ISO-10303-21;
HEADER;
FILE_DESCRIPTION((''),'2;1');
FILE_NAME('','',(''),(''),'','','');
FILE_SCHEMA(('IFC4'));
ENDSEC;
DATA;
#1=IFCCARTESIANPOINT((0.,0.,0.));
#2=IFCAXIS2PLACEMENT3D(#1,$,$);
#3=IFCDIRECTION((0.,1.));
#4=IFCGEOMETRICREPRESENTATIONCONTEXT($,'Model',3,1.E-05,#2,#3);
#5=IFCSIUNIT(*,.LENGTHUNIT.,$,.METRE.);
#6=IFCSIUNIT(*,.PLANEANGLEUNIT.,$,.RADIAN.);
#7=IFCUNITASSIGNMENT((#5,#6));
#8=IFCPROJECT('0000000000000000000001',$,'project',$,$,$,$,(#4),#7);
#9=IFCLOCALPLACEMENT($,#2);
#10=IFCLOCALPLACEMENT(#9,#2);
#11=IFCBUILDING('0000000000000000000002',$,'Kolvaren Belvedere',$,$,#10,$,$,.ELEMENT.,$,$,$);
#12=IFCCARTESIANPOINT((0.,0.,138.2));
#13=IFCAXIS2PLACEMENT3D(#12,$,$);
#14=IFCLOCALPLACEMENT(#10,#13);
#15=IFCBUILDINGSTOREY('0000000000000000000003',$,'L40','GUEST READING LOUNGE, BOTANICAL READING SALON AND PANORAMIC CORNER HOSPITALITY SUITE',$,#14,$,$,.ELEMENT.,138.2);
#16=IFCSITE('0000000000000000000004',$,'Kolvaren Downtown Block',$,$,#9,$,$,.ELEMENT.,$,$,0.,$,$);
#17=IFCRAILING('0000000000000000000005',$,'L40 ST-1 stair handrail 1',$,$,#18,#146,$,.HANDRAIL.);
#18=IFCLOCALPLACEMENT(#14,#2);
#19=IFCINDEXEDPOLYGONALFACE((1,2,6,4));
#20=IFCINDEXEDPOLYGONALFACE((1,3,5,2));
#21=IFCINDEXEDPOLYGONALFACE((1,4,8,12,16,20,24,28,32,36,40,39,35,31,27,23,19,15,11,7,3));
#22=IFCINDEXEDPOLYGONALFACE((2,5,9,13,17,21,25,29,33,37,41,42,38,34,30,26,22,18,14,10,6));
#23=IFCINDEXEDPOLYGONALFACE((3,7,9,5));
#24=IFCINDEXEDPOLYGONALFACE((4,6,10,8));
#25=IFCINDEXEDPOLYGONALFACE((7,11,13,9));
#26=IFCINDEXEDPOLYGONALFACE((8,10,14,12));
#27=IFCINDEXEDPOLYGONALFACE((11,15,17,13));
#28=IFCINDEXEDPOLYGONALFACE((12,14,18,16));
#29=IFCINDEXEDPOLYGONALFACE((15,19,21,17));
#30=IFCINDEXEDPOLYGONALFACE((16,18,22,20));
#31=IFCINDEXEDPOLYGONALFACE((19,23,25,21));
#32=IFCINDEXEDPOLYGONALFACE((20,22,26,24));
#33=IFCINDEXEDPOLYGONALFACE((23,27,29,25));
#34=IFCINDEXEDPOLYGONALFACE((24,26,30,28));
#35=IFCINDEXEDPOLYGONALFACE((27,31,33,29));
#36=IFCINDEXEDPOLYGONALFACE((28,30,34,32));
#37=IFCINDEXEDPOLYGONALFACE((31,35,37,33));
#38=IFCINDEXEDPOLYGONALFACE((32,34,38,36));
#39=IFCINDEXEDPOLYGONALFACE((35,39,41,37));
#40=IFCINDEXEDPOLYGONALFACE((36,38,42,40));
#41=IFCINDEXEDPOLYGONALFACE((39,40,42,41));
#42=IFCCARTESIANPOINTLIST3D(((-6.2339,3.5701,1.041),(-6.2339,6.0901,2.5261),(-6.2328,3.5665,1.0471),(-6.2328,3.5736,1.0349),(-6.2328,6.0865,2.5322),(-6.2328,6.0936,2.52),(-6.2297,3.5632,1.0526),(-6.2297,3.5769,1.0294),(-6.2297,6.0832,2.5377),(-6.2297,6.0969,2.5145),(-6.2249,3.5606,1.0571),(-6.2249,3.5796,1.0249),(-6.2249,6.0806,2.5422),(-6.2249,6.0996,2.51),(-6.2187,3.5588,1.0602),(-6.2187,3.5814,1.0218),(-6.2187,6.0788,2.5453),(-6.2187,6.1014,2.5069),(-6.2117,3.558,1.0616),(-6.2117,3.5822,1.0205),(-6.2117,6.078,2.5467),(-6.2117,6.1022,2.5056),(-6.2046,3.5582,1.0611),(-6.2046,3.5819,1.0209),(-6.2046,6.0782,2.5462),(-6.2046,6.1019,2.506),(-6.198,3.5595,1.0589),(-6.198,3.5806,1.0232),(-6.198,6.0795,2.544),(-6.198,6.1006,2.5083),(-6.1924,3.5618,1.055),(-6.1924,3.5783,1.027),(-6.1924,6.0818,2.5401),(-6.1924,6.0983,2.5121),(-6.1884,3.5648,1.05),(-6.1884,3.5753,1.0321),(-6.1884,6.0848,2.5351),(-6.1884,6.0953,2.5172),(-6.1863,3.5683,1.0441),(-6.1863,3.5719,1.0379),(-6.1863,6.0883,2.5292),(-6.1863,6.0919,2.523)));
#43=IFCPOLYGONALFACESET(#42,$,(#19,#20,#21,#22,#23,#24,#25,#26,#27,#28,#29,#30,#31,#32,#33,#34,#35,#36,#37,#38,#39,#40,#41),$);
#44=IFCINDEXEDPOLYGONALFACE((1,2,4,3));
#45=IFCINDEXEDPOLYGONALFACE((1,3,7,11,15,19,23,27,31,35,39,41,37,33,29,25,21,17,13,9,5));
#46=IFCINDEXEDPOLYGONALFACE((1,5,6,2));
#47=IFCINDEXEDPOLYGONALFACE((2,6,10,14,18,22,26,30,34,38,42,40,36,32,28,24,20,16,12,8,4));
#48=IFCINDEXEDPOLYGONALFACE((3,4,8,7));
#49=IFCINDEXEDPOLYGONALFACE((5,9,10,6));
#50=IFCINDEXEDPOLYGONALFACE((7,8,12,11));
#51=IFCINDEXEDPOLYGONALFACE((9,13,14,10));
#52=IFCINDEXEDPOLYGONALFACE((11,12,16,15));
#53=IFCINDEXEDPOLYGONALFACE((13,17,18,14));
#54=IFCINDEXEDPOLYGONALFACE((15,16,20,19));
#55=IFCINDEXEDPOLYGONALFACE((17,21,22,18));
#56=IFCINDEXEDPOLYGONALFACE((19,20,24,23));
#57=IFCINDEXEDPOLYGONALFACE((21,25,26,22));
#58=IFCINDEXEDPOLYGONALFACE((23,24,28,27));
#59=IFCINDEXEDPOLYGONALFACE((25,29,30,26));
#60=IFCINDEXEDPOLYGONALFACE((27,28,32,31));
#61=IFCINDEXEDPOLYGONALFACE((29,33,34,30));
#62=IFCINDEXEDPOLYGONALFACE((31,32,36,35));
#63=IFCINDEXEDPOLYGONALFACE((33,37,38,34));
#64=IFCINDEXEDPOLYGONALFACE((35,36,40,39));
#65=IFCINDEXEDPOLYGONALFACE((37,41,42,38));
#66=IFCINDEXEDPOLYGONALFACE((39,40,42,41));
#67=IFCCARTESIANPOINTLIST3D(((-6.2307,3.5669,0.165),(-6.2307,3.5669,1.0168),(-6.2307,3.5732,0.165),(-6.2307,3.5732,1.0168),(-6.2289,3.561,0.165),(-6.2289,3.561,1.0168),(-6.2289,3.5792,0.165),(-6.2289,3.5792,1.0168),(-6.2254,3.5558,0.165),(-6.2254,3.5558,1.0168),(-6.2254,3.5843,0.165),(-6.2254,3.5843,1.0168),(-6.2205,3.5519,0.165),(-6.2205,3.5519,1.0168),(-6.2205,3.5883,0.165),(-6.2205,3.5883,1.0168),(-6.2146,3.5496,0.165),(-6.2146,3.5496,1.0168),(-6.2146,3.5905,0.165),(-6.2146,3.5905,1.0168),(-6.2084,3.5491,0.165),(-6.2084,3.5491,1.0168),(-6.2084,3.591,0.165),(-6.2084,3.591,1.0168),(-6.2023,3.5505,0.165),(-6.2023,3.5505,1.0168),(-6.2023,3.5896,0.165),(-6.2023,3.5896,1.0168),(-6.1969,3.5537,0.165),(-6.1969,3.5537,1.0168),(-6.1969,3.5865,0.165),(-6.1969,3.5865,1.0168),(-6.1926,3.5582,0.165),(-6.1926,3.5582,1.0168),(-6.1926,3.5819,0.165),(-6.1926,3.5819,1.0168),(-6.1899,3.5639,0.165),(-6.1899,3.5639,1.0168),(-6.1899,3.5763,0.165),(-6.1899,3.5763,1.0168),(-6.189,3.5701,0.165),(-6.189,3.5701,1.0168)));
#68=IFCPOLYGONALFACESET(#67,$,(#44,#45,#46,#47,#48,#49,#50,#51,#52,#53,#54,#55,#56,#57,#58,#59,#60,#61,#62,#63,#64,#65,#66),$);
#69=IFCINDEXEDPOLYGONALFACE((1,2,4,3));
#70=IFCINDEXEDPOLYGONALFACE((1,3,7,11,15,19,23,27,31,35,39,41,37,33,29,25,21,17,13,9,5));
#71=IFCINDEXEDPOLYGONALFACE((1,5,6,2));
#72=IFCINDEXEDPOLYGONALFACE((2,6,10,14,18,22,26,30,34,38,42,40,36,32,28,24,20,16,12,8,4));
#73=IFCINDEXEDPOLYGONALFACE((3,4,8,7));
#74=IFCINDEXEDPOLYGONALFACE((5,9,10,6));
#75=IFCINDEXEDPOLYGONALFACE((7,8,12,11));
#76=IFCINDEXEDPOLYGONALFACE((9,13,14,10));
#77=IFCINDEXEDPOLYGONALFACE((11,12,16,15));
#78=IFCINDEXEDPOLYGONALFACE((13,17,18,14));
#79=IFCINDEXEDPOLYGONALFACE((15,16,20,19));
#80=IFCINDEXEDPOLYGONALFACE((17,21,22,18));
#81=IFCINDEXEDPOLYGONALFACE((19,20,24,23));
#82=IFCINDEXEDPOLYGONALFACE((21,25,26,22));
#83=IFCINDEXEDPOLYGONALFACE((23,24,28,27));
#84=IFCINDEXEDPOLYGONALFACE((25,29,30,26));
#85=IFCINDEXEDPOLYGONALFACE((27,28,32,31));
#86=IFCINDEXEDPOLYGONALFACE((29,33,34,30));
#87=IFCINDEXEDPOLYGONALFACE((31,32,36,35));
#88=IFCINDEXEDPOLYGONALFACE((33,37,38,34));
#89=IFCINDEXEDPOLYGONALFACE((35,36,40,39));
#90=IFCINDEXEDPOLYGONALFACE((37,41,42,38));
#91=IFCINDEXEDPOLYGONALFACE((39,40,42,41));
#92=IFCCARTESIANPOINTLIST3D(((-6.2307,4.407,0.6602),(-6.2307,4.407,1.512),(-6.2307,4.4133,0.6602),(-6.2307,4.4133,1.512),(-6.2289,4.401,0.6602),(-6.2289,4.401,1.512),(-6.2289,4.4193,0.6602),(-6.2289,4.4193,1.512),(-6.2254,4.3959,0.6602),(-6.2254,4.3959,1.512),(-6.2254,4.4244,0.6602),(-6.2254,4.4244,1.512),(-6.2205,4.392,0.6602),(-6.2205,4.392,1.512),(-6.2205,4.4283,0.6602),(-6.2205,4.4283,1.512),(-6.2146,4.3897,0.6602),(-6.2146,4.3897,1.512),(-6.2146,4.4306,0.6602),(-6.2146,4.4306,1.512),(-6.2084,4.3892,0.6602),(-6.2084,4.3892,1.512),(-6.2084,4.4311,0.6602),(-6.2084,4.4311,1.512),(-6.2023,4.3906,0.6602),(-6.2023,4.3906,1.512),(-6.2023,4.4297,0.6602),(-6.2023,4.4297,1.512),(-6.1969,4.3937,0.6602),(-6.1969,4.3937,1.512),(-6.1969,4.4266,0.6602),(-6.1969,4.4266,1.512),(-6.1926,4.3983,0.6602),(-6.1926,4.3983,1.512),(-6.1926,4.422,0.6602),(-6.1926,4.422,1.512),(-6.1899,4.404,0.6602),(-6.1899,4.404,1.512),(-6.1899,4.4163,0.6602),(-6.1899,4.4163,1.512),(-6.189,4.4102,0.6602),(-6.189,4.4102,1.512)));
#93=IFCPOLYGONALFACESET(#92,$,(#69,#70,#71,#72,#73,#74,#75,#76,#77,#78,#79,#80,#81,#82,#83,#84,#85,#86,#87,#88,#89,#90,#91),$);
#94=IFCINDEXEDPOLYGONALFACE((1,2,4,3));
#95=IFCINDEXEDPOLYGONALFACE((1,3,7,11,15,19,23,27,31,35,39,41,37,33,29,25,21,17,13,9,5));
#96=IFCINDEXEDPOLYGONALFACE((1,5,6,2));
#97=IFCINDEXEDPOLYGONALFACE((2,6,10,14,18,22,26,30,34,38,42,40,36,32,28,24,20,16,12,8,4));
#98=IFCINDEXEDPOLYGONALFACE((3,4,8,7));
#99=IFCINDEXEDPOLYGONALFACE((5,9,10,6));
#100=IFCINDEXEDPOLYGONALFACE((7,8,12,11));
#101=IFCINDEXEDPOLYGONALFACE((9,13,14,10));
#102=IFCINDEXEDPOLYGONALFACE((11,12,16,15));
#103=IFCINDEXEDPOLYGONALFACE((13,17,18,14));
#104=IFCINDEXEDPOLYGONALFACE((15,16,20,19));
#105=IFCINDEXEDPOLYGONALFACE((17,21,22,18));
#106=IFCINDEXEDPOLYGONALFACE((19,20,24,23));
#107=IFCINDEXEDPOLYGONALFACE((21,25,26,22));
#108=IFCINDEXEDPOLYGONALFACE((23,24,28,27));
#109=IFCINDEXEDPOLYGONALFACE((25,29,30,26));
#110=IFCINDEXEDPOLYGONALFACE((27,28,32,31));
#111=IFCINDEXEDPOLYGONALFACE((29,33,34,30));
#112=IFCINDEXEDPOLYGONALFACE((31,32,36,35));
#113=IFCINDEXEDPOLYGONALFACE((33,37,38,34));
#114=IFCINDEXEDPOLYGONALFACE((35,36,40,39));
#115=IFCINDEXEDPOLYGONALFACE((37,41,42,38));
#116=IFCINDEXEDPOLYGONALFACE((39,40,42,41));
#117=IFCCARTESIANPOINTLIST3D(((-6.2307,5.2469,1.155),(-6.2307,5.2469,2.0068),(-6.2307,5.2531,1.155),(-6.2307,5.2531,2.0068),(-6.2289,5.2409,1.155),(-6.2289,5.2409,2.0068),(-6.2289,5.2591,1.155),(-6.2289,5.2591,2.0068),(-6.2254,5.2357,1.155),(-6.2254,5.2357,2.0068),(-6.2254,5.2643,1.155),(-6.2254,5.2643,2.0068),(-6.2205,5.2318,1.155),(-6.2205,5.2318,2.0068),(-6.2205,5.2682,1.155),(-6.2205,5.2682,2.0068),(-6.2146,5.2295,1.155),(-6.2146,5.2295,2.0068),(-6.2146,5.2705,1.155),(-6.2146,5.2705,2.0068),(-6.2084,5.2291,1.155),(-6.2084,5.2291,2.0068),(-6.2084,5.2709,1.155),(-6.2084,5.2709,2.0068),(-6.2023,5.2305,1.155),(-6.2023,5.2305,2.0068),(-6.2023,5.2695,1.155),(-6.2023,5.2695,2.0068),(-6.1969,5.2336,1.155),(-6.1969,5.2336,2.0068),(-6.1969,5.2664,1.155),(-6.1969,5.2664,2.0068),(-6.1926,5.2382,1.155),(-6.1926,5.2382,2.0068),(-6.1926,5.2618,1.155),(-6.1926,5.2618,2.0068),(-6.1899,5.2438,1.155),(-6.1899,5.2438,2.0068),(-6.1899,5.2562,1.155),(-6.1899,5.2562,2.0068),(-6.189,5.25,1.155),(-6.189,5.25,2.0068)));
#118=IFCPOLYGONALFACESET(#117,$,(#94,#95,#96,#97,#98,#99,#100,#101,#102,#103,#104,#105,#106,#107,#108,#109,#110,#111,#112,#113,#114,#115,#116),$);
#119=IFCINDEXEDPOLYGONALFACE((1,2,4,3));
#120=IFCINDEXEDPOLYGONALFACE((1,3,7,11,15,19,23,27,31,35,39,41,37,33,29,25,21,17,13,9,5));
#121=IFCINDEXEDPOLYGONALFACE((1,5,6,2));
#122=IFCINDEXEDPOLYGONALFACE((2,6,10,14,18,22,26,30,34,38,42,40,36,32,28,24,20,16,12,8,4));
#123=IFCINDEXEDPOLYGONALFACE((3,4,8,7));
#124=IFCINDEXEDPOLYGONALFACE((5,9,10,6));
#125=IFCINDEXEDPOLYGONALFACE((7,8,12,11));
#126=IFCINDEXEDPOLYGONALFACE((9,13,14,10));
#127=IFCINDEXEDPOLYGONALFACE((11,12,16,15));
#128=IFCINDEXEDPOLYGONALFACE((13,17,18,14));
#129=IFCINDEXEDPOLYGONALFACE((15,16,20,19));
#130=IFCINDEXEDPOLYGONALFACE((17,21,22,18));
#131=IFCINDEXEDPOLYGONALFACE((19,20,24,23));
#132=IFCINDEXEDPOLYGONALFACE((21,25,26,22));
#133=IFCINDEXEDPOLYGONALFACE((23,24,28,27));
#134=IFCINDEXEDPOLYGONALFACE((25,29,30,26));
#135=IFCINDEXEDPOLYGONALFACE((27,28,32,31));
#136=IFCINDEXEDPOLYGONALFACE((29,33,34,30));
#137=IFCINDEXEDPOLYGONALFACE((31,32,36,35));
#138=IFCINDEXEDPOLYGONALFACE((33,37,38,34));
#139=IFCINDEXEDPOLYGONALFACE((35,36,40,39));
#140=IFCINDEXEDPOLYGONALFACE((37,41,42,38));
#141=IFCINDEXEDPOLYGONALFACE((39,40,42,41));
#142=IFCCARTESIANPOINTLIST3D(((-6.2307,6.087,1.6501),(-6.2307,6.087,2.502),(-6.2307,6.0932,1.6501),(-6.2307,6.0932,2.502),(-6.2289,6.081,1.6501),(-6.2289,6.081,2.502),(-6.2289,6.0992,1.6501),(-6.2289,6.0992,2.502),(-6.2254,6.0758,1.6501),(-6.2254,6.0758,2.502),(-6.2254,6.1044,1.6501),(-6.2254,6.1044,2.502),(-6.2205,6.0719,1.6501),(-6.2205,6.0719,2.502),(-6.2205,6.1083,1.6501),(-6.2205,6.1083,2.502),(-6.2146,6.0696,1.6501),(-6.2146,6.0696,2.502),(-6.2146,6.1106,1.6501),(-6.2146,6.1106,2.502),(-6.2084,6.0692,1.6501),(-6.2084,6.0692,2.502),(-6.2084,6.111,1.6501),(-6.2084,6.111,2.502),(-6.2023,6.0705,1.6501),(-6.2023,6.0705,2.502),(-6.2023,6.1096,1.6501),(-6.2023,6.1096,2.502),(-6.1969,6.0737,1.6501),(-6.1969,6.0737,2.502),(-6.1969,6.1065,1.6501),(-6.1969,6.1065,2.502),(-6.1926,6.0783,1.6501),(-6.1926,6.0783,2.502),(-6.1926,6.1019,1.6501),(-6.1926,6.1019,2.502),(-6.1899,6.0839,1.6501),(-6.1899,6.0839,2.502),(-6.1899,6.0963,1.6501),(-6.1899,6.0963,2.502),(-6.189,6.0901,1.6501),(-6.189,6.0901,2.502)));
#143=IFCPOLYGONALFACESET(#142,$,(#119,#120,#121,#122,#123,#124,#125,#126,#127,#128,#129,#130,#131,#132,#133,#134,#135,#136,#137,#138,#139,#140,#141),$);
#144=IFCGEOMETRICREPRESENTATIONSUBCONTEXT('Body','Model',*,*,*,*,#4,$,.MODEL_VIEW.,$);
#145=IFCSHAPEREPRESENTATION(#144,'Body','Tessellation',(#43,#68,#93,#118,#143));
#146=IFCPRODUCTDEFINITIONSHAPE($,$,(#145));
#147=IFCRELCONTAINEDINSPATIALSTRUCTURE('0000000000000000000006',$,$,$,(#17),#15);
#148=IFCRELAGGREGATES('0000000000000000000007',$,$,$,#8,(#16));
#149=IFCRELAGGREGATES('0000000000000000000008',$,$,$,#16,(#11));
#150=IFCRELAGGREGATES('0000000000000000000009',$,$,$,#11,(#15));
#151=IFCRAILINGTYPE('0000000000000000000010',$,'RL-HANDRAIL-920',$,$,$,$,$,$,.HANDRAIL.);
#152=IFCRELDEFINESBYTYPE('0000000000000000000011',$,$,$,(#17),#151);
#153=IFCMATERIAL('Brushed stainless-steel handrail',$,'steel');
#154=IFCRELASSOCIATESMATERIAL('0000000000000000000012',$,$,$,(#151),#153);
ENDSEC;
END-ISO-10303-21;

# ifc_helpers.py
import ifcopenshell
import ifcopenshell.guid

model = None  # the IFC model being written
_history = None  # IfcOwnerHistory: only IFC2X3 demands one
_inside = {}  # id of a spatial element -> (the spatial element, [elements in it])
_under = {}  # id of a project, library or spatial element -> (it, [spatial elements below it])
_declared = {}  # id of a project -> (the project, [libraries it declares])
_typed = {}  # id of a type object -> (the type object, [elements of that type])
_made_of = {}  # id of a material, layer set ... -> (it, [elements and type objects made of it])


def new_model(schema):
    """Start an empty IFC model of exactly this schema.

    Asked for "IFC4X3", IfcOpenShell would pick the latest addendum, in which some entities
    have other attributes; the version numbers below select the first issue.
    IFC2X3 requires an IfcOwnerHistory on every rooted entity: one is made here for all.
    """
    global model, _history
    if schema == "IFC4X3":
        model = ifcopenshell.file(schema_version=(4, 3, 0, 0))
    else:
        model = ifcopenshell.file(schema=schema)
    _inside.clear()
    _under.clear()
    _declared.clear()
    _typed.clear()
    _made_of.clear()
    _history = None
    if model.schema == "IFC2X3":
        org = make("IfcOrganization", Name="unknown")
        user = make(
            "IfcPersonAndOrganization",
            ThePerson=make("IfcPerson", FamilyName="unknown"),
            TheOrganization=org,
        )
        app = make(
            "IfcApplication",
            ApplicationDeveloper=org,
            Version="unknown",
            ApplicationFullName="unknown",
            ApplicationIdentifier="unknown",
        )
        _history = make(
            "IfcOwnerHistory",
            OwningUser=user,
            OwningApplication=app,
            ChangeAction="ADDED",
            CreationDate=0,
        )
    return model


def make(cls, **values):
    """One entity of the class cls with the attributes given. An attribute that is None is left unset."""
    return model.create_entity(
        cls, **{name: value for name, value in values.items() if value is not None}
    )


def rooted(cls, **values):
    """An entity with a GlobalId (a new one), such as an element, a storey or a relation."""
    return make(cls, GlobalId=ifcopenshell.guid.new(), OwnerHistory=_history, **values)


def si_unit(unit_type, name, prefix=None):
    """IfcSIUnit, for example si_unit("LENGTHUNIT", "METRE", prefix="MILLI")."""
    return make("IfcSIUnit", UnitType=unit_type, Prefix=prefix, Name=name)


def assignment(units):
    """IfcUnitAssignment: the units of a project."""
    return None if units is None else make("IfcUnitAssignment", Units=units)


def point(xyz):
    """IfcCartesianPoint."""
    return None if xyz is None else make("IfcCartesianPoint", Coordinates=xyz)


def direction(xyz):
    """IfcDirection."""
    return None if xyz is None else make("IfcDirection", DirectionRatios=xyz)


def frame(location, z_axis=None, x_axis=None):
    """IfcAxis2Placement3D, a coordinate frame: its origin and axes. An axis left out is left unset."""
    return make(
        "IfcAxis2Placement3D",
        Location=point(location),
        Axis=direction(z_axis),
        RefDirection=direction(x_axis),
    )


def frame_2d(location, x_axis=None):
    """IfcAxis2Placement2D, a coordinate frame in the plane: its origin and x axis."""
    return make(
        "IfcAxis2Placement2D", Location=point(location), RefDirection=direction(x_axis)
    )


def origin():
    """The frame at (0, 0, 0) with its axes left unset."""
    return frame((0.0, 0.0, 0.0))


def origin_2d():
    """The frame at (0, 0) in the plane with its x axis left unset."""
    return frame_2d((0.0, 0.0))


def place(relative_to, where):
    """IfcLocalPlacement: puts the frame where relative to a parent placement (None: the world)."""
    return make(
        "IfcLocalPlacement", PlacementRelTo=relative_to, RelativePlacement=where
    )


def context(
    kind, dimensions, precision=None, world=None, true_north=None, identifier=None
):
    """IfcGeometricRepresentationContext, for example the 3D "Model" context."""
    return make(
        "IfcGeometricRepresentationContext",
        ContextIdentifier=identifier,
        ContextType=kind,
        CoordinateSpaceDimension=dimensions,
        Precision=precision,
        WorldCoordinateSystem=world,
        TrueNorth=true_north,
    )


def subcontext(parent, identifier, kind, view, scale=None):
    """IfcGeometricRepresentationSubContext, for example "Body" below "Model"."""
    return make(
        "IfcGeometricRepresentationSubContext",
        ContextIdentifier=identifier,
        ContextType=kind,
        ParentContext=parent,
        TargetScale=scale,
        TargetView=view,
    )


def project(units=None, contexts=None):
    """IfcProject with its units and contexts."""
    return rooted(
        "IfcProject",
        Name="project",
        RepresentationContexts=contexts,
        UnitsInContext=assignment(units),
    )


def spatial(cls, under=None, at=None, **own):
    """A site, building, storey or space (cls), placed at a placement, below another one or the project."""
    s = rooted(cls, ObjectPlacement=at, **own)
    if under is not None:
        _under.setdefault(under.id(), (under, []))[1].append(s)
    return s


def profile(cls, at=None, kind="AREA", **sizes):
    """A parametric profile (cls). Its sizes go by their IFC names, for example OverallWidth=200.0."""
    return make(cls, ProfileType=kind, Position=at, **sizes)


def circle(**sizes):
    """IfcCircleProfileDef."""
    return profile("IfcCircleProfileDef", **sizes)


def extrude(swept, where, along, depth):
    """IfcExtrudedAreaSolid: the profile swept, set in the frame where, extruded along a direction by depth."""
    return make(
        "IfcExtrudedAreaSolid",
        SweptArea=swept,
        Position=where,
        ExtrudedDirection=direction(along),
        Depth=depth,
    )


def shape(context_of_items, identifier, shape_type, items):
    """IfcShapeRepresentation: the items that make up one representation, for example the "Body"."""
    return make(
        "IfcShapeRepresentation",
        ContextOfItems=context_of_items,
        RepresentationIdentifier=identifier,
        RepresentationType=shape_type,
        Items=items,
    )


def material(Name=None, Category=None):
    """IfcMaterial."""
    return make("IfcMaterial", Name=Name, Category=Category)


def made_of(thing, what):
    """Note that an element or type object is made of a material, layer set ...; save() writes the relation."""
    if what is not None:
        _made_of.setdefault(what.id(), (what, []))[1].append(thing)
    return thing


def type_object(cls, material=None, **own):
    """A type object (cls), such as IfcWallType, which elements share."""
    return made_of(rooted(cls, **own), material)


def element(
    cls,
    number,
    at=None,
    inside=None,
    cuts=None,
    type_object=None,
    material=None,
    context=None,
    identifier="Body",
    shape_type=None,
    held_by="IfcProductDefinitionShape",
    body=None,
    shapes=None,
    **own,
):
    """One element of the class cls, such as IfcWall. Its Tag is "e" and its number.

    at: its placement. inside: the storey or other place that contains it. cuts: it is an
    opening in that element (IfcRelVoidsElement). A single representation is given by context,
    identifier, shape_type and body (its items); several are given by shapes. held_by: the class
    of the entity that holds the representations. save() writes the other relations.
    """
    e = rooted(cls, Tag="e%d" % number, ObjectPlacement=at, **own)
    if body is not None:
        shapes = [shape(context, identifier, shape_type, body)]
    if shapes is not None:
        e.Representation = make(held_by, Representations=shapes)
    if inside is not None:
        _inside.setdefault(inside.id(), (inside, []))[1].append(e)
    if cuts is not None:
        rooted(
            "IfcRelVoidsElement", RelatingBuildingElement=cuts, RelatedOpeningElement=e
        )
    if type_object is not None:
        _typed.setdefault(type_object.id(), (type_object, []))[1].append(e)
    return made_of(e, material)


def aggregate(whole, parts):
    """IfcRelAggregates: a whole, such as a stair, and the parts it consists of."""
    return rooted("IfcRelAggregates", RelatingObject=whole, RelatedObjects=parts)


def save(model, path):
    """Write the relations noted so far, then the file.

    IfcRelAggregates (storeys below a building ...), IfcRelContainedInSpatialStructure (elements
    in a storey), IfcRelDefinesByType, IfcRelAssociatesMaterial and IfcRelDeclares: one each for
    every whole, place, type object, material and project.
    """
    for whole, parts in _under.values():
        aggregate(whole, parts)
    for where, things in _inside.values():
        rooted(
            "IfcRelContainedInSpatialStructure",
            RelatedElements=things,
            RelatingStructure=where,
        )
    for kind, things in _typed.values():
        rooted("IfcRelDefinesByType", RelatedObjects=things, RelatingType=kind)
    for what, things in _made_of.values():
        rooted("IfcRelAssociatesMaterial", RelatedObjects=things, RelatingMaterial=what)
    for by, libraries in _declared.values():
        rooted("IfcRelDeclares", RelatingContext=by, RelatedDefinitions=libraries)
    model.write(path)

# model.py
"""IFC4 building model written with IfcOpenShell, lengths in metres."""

from ifc_helpers import new_model, si_unit, direction, frame, origin, origin_2d, place, context, subcontext, project, spatial, circle, extrude, material, type_object, element, save


model = new_model("IFC4")

# Units and contexts
model_context = context("Model", 3, precision=1e-05, world=origin(), true_north=direction((0.0, 1.0)))
body_context = subcontext(model_context, "Body", "Model", "MODEL_VIEW")
ifc_project = project(units=[si_unit("LENGTHUNIT", "METRE"), si_unit("PLANEANGLEUNIT", "RADIAN")], contexts=[model_context])

# Site, building, storey
site_placement = place(None, origin())
site = spatial("IfcSite", under=ifc_project, at=site_placement, Name="Kolvaren Downtown Block", CompositionType="ELEMENT", RefElevation=0.0)
building_placement = place(site_placement, origin())
building = spatial("IfcBuilding", under=site, at=building_placement, Name="Kolvaren Belvedere", CompositionType="ELEMENT")
storey_placement = place(building_placement, frame((0.0, 0.0, 138.2)))
storey = spatial("IfcBuildingStorey", under=building, at=storey_placement, Name="L40", Description="GUEST READING LOUNGE, BOTANICAL READING SALON AND PANORAMIC CORNER HOSPITALITY SUITE", CompositionType="ELEMENT", Elevation=138.2)

# Railing
ifc_material_1 = material(Name="Brushed stainless-steel handrail", Category="steel")
railing_type_1 = type_object("IfcRailingType", Name="RL-HANDRAIL-920", PredefinedType="HANDRAIL", material=ifc_material_1)
railing_1_placement = place(storey_placement, frame((-6.21, 3.5701, 0.165)))
element("IfcRailing", 1, at=railing_1_placement, inside=storey, type_object=railing_type_1, Name="L40 ST-1 stair handrail 1", PredefinedType="HANDRAIL", context=body_context, shape_type="SweptSolid", body=[
    extrude(circle(Radius=0.0239, at=origin_2d()), frame((0.0, 0.0, 0.876), z_axis=(0.0, 0.861524, 0.507717), x_axis=(-1.0, 0.0, 0.0)), (0.0, 0.0, 1.0), 2.925),
    extrude(circle(Radius=0.021, at=origin_2d()), origin(), (0.0, 0.0, 1.0), 0.8518),
    extrude(circle(Radius=0.021, at=origin_2d()), frame((0.0, 0.8401, 0.4951)), (0.0, 0.0, 1.0), 0.8518),
    extrude(circle(Radius=0.021, at=origin_2d()), frame((0.0, 1.6799, 0.99)), (0.0, 0.0, 1.0), 0.8518),
    extrude(circle(Radius=0.021, at=origin_2d()), frame((0.0, 2.52, 1.4851)), (0.0, 0.0, 1.0), 0.8518),
])

save(model, "model.ifc")
